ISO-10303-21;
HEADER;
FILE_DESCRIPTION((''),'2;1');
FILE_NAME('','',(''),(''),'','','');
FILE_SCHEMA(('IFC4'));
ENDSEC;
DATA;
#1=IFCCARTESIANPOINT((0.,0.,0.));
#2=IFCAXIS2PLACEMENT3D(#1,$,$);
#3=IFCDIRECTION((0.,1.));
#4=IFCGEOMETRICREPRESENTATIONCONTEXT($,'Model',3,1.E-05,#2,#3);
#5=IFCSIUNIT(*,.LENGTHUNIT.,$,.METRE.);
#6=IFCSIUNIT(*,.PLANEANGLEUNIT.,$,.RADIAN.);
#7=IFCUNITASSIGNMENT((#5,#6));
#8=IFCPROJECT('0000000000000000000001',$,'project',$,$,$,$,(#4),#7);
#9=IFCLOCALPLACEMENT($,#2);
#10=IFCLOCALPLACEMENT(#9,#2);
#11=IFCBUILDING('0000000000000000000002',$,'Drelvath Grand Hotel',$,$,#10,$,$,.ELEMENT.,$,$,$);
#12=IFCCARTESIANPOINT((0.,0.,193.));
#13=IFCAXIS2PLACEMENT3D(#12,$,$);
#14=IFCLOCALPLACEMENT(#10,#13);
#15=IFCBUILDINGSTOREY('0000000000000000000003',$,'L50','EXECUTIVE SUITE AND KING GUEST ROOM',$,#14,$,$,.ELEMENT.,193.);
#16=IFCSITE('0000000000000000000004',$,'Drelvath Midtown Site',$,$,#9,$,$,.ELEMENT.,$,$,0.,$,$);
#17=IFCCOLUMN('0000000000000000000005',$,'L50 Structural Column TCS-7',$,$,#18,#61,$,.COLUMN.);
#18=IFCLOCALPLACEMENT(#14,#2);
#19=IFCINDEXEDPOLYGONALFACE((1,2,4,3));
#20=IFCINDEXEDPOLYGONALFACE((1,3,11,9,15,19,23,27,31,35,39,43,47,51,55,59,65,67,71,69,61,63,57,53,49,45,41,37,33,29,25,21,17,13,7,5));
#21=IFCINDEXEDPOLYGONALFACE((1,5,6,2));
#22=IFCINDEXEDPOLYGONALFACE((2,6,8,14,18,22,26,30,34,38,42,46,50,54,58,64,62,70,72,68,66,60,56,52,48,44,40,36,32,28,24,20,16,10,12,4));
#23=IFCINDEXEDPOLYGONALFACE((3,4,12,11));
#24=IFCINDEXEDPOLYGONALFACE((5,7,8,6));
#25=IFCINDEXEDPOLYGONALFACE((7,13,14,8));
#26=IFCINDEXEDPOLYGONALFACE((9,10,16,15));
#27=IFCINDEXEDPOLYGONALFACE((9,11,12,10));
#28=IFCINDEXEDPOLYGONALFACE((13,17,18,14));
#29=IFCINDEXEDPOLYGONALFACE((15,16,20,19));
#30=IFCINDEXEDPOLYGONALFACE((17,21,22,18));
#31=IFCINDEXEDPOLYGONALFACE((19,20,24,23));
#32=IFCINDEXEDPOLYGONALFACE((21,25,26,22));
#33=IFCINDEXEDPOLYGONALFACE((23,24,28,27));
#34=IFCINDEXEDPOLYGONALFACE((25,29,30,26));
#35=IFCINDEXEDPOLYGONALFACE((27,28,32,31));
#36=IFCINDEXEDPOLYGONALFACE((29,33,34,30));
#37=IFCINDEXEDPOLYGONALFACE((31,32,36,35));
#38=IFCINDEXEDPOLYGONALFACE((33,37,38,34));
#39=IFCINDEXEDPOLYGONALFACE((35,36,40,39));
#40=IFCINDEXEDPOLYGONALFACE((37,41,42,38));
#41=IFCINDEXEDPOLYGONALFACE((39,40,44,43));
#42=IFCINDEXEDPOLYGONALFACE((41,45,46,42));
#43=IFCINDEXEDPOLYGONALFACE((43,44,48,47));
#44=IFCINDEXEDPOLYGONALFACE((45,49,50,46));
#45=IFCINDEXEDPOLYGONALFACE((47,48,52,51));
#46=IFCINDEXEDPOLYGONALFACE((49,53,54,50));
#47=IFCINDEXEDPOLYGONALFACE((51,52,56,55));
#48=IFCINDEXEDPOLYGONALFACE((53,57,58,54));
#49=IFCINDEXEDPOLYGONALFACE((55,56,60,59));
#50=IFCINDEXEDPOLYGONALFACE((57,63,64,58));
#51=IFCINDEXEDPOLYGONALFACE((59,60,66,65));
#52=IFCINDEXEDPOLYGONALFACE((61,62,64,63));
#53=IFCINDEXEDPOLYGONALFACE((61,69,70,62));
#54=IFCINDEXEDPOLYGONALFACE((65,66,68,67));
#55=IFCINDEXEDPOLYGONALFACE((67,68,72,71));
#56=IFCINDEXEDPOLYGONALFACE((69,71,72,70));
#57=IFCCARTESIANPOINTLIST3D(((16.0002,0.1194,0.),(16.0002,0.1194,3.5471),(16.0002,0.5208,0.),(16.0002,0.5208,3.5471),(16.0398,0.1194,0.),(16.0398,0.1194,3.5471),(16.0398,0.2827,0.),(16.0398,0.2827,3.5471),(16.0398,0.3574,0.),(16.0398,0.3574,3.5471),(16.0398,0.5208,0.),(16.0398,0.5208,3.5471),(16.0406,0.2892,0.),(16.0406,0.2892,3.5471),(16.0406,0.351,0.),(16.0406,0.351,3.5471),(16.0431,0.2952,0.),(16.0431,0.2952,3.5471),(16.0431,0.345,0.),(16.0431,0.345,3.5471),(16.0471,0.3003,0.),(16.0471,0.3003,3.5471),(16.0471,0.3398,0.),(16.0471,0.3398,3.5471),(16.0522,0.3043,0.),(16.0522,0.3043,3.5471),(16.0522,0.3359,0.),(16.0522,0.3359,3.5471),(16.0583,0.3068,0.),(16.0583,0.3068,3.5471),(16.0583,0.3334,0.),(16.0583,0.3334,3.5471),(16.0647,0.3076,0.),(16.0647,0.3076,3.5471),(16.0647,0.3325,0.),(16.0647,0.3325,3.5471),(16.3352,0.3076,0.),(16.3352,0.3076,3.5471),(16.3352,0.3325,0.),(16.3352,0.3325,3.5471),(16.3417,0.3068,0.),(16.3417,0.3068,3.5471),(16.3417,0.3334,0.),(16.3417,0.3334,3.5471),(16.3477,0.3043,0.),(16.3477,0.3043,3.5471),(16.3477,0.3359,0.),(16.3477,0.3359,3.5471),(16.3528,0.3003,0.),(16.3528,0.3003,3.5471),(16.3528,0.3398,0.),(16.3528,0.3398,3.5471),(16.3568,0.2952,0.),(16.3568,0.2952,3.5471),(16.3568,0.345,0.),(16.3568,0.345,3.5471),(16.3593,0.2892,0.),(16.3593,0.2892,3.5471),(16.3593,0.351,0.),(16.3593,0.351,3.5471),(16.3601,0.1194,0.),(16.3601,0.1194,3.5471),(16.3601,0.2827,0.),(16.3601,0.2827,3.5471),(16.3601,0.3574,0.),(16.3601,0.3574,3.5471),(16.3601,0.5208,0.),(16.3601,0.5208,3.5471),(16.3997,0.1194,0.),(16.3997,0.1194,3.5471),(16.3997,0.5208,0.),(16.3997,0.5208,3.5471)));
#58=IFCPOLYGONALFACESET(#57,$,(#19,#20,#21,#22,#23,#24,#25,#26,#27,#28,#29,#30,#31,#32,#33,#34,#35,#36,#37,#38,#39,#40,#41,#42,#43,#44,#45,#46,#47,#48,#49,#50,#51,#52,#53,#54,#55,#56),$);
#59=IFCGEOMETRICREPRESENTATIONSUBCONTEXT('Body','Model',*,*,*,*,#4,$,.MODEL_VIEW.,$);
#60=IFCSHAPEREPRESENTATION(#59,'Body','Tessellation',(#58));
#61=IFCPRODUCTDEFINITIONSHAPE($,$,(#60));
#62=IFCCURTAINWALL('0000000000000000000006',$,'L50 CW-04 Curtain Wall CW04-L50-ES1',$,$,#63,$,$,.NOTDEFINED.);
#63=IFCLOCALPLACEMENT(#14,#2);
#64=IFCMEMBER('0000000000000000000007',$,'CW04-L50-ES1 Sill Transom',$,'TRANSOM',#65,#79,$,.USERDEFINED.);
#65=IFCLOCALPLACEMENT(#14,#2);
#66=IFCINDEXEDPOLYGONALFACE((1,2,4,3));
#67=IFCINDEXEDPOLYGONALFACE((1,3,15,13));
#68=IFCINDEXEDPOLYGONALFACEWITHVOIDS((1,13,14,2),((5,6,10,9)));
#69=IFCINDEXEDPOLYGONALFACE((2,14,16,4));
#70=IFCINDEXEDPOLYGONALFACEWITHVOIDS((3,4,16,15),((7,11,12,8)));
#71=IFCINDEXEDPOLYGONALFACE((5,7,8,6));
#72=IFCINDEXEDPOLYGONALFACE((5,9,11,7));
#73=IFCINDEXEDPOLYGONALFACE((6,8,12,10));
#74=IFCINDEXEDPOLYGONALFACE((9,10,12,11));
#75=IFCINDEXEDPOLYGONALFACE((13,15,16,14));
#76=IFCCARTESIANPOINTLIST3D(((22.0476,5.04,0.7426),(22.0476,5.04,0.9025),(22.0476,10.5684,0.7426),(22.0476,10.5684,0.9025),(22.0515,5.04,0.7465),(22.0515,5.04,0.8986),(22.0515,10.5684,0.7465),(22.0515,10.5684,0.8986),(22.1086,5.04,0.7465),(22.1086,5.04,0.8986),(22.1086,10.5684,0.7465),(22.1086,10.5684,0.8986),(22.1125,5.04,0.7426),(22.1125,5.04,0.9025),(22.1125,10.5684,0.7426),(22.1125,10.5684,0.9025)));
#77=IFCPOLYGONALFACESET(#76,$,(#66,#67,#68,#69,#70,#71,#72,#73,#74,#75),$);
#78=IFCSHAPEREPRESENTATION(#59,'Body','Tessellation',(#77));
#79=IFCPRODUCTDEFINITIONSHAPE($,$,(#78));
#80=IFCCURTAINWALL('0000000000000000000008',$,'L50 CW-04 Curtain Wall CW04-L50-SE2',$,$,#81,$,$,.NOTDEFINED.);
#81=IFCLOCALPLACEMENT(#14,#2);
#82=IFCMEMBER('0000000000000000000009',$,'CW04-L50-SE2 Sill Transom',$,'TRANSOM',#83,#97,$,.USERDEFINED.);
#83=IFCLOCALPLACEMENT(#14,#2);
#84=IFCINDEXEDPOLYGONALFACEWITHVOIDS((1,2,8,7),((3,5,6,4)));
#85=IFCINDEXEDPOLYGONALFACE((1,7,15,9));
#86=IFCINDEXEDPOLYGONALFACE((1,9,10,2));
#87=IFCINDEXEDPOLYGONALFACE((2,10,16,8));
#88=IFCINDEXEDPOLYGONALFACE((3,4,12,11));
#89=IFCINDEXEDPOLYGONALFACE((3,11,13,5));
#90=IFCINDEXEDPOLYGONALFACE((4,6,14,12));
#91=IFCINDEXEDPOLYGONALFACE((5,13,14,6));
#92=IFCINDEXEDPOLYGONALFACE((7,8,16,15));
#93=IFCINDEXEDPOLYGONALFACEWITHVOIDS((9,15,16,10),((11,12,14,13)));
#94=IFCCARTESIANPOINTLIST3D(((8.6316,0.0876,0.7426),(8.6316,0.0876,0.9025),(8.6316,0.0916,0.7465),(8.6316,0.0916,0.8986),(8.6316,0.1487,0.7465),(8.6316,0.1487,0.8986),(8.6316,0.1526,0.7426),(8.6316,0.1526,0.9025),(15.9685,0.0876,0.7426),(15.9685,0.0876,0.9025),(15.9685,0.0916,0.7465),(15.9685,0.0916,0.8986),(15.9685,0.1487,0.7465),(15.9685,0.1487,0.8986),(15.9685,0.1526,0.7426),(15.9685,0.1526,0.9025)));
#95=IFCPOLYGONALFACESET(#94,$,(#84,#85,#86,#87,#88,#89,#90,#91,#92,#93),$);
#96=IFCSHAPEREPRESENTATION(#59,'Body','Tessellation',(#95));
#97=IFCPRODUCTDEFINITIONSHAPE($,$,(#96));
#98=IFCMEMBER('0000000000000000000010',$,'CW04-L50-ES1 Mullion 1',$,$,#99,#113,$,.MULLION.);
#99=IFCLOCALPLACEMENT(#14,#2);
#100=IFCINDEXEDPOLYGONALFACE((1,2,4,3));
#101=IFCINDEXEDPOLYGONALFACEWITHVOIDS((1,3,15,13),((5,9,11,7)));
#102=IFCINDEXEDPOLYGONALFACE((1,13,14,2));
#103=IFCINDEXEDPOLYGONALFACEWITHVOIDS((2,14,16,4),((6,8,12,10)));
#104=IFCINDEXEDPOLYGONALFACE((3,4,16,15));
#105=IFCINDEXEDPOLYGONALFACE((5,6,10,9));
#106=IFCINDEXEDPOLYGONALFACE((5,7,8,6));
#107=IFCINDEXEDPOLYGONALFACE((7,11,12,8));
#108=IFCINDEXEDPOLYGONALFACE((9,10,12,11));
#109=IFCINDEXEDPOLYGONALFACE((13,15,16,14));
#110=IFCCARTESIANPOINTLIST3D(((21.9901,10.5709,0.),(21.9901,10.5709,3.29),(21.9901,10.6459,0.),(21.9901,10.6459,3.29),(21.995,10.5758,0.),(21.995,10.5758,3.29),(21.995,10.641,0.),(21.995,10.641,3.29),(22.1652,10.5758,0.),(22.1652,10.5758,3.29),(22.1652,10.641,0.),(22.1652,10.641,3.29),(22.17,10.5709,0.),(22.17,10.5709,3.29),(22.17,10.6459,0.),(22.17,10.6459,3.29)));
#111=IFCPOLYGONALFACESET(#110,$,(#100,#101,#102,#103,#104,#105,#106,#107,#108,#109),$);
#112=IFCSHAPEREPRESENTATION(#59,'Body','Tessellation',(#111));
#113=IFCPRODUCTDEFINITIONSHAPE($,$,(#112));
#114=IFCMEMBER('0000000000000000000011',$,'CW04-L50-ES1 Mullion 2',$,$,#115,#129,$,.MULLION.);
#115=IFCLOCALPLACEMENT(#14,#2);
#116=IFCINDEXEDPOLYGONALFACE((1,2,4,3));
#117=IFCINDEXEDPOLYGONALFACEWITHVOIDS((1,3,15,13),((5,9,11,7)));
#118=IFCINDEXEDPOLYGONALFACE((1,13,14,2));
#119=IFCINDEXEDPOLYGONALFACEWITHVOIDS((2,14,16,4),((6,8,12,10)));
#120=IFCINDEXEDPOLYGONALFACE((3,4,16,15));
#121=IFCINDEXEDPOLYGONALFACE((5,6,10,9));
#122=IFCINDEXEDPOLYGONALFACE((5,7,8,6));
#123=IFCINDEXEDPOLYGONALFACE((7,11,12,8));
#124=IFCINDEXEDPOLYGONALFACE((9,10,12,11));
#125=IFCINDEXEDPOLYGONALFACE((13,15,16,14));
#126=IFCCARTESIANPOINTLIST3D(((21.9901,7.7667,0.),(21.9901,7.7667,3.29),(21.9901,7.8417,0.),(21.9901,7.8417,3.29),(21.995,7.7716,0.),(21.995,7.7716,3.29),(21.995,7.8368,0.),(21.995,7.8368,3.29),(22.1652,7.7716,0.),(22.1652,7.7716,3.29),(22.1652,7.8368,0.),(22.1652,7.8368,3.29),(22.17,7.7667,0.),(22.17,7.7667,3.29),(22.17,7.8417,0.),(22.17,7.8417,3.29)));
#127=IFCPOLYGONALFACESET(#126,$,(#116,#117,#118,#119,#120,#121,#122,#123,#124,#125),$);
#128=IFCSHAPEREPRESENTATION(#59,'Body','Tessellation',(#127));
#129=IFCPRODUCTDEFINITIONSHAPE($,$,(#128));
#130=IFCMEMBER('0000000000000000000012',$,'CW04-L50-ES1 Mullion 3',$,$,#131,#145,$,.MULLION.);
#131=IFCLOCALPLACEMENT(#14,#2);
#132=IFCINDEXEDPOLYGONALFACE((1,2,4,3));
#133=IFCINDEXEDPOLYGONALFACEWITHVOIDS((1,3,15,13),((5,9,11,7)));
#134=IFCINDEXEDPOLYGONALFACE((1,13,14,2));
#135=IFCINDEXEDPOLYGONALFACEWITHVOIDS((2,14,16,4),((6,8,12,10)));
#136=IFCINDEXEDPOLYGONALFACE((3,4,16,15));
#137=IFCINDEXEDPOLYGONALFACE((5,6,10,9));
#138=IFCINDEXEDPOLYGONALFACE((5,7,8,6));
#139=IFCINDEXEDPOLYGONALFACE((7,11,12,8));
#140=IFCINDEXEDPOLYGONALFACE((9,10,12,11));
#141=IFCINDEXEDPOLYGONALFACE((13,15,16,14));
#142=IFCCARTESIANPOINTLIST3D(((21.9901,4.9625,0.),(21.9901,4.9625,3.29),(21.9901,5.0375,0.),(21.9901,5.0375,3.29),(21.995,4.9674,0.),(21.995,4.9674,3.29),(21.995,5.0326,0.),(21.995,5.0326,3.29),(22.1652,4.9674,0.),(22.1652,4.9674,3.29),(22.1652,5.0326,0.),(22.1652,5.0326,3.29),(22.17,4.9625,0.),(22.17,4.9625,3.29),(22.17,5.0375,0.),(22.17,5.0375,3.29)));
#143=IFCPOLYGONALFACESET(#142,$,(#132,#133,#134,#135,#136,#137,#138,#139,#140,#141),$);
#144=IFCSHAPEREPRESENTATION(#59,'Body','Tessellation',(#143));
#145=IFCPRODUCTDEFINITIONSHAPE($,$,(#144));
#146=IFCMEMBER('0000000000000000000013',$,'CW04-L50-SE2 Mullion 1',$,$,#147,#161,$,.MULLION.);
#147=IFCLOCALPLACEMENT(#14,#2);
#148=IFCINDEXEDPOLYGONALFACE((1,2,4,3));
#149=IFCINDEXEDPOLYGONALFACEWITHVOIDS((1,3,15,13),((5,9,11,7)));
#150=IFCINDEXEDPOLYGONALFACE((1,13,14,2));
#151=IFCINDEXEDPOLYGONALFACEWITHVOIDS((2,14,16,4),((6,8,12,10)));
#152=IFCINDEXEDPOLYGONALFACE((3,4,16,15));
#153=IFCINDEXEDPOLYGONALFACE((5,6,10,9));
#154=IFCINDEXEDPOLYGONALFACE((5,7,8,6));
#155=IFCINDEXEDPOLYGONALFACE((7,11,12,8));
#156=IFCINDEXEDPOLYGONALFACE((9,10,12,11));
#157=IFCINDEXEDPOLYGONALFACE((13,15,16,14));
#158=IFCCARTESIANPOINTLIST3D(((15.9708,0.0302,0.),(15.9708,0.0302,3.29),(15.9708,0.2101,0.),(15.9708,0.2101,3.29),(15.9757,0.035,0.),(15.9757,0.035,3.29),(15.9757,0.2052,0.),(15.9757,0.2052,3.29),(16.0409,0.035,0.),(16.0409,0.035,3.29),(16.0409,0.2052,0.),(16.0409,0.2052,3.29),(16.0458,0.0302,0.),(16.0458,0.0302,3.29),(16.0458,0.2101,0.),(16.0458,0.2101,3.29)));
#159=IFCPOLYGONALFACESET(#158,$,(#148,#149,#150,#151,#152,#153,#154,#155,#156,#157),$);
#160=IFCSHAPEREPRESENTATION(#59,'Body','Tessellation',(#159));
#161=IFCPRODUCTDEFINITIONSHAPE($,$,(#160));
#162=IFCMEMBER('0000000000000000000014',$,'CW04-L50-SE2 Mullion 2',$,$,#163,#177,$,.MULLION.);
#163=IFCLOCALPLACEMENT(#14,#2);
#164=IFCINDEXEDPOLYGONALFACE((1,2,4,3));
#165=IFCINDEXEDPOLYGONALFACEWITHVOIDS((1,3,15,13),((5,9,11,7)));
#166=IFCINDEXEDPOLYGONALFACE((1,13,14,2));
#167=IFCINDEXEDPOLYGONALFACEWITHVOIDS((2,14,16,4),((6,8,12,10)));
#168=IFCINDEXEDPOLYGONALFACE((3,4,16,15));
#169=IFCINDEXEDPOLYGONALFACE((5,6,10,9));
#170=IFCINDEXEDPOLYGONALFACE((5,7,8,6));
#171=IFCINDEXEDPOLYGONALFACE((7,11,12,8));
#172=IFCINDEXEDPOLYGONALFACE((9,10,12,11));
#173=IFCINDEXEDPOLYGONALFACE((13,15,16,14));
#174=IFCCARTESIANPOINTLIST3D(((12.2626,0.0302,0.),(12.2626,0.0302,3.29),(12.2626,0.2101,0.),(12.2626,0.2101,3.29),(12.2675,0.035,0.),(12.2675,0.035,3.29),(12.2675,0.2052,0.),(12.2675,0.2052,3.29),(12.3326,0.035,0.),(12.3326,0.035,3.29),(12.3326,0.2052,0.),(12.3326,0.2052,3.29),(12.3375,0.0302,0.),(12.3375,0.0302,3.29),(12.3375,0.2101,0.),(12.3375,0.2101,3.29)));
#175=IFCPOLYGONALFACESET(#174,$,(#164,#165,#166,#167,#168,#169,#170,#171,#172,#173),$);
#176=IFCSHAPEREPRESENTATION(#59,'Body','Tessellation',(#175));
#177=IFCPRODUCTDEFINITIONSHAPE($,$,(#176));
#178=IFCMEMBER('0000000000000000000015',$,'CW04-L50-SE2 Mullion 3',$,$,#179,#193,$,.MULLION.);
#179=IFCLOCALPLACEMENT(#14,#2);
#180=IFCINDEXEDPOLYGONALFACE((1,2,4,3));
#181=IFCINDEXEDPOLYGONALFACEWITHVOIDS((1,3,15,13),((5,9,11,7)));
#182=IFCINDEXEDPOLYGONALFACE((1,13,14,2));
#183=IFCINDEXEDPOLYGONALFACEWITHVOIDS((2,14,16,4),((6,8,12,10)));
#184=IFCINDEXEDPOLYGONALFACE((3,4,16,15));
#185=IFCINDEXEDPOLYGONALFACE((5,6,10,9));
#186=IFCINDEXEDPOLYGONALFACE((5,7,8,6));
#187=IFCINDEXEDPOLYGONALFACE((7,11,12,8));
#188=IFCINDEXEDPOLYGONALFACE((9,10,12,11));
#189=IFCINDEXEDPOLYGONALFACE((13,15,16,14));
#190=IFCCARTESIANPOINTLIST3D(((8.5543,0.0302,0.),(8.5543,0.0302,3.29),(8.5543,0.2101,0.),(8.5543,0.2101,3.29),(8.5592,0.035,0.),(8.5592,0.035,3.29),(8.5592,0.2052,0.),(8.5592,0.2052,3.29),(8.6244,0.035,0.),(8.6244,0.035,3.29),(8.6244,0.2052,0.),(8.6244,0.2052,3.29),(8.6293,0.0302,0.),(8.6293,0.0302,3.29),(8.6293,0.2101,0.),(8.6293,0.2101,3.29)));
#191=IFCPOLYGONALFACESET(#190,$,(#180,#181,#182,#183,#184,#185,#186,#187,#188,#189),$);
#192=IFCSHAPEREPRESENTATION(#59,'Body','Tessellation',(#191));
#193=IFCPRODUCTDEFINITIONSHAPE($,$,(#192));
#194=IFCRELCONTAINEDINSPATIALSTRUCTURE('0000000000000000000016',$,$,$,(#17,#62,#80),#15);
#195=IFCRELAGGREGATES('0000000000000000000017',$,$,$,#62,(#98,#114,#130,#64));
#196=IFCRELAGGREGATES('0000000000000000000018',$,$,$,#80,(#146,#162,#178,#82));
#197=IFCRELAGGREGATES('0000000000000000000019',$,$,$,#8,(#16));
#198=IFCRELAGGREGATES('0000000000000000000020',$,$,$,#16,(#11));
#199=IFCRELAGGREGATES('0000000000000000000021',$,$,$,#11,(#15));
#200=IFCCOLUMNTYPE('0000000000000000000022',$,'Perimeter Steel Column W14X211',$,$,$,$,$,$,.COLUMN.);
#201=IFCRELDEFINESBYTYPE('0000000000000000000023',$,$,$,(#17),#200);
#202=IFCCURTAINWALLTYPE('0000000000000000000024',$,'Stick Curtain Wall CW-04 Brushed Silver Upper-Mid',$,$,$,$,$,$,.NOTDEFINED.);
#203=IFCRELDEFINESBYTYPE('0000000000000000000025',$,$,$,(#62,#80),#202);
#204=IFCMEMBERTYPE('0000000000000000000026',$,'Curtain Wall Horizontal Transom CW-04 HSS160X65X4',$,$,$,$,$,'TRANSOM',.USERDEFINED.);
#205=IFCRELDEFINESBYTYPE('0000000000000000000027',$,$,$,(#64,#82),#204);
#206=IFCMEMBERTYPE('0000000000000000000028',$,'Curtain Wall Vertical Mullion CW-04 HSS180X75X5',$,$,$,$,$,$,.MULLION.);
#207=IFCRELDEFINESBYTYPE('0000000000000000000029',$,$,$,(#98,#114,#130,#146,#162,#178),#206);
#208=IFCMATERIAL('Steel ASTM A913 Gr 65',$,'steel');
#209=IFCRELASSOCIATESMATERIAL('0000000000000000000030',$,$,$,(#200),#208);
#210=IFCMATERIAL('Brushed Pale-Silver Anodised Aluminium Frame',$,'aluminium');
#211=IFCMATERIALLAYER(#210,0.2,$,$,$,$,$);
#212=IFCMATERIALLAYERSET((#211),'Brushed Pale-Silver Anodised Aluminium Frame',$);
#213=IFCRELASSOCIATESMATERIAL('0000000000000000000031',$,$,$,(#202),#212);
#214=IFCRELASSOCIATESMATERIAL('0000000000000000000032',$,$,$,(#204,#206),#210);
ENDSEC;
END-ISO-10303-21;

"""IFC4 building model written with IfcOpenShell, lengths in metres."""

from ifc_helpers import new_model, si_unit, direction, frame, origin, origin_2d, place, context, subcontext, project, spatial, hollow_rectangle, i_section, extrude, material, layer, layer_set, material_profile, profile_set, type_object, element, aggregate, save


model = new_model("IFC4")

# Units and contexts
model_context = context("Model", 3, precision=1e-05, world=origin(), true_north=direction((0.0, 1.0)))
body_context = subcontext(model_context, "Body", "Model", "MODEL_VIEW")
ifc_project = project(units=[si_unit("LENGTHUNIT", "METRE"), si_unit("PLANEANGLEUNIT", "RADIAN")], contexts=[model_context])

# Site, building, storey
site_placement = place(None, origin())
site = spatial("IfcSite", under=ifc_project, at=site_placement, Name="Drelvath Midtown Site", CompositionType="ELEMENT", RefElevation=0.0)
building_placement = place(site_placement, origin())
building = spatial("IfcBuilding", under=site, at=building_placement, Name="Drelvath Grand Hotel", CompositionType="ELEMENT")
storey_placement = place(building_placement, frame((0.0, 0.0, 193.0)))
storey = spatial("IfcBuildingStorey", under=building, at=storey_placement, Name="L50", Description="EXECUTIVE SUITE AND KING GUEST ROOM", CompositionType="ELEMENT", Elevation=193.0)

# Column
ifc_material_1 = material(Name="Steel ASTM A913 Gr 65", Category="steel")
ifc_material_profile_1 = material_profile(ifc_material_1, i_section(OverallWidth=0.4014, OverallDepth=0.3994, WebThickness=0.0249, FlangeThickness=0.0396, FilletRadius=0.0249, at=origin_2d()), Name="W14X211")
ifc_profile_set_1 = profile_set([ifc_material_profile_1], Name="Steel ASTM A913 Gr 65")
column_type = type_object("IfcColumnType", Name="Perimeter Steel Column W14X211", PredefinedType="COLUMN", material=ifc_profile_set_1)
column_placement = place(storey_placement, frame((16.2, 0.3201, 0.0), z_axis=(0.0, 0.0, 1.0), x_axis=(0.0, 1.0, 0.0)))
element("IfcColumn", 1, at=column_placement, inside=storey, type_object=column_type, Name="L50 Structural Column TCS-7", PredefinedType="COLUMN", context=body_context, shape_type="SweptSolid", body=[
    extrude(i_section(OverallWidth=0.4014, OverallDepth=0.3994, WebThickness=0.0249, FlangeThickness=0.0396, FilletRadius=0.0249, at=origin_2d()), origin(), (0.0, 0.0, 1.0), 3.5471),
])

# Curtain walls, members
ifc_material_2 = material(Name="Brushed Pale-Silver Anodised Aluminium Frame", Category="aluminium")
ifc_layer_1 = layer(ifc_material_2, 0.2)
ifc_layer_set_1 = layer_set([ifc_layer_1], Name="Brushed Pale-Silver Anodised Aluminium Frame")
curtain_wall_type = type_object("IfcCurtainWallType", Name="Stick Curtain Wall CW-04 Brushed Silver Upper-Mid", PredefinedType="NOTDEFINED", material=ifc_layer_set_1)
curtain_wall_1_placement = place(storey_placement, origin())
curtain_wall_1 = element("IfcCurtainWall", 2, at=curtain_wall_1_placement, inside=storey, type_object=curtain_wall_type, Name="L50 CW-04 Curtain Wall CW04-L50-ES1", PredefinedType="NOTDEFINED")
ifc_material_profile_2 = material_profile(ifc_material_2, hollow_rectangle(XDim=0.0649, YDim=0.1599, WallThickness=0.0039, at=origin_2d()), Name="HSS160X65X4")
ifc_profile_set_2 = profile_set([ifc_material_profile_2], Name="Brushed Pale-Silver Anodised Aluminium Frame")
member_type_1 = type_object("IfcMemberType", Name="Curtain Wall Horizontal Transom CW-04 HSS160X65X4", ElementType="TRANSOM", PredefinedType="USERDEFINED", material=ifc_profile_set_2)
member_1_placement = place(storey_placement, frame((22.0801, 10.5684, 0.8225), z_axis=(0.0, -1.0, 0.0), x_axis=(1.0, 0.0, 0.0)))
member_1 = element("IfcMember", 3, at=member_1_placement, type_object=member_type_1, Name="CW04-L50-ES1 Sill Transom", ObjectType="TRANSOM", PredefinedType="USERDEFINED", context=body_context, shape_type="SweptSolid", body=[
    extrude(hollow_rectangle(XDim=0.0649, YDim=0.1599, WallThickness=0.0039, at=origin_2d()), origin(), (0.0, 0.0, 1.0), 5.5283),
])
curtain_wall_2_placement = place(storey_placement, origin())
curtain_wall_2 = element("IfcCurtainWall", 4, at=curtain_wall_2_placement, inside=storey, type_object=curtain_wall_type, Name="L50 CW-04 Curtain Wall CW04-L50-SE2", PredefinedType="NOTDEFINED")
member_2_placement = place(storey_placement, frame((15.9685, 0.1201, 0.8225), z_axis=(-1.0, 0.0, 0.0), x_axis=(0.0, -1.0, 0.0)))
member_2 = element("IfcMember", 5, at=member_2_placement, type_object=member_type_1, Name="CW04-L50-SE2 Sill Transom", ObjectType="TRANSOM", PredefinedType="USERDEFINED", context=body_context, shape_type="SweptSolid", body=[
    extrude(hollow_rectangle(XDim=0.0649, YDim=0.1599, WallThickness=0.0039, at=origin_2d()), origin(), (0.0, 0.0, 1.0), 7.3369),
])

# Members
ifc_material_profile_3 = material_profile(ifc_material_2, hollow_rectangle(XDim=0.075, YDim=0.1799, WallThickness=0.0049, at=origin_2d()), Name="HSS180X75X5")
ifc_profile_set_3 = profile_set([ifc_material_profile_3], Name="Brushed Pale-Silver Anodised Aluminium Frame")
member_type_2 = type_object("IfcMemberType", Name="Curtain Wall Vertical Mullion CW-04 HSS180X75X5", PredefinedType="MULLION", material=ifc_profile_set_3)
member_3_placement = place(storey_placement, frame((22.0801, 10.6084, 0.0), z_axis=(0.0, 0.0, 1.0), x_axis=(0.0, 1.0, 0.0)))
member_3 = element("IfcMember", 6, at=member_3_placement, type_object=member_type_2, Name="CW04-L50-ES1 Mullion 1", PredefinedType="MULLION", context=body_context, shape_type="SweptSolid", body=[
    extrude(hollow_rectangle(XDim=0.075, YDim=0.1799, WallThickness=0.0049, at=origin_2d()), origin(), (0.0, 0.0, 1.0), 3.29),
])
member_4_placement = place(storey_placement, frame((22.0801, 7.8042, 0.0), z_axis=(0.0, 0.0, 1.0), x_axis=(0.0, 1.0, 0.0)))
member_4 = element("IfcMember", 7, at=member_4_placement, type_object=member_type_2, Name="CW04-L50-ES1 Mullion 2", PredefinedType="MULLION", context=body_context, shape_type="SweptSolid", body=[
    extrude(hollow_rectangle(XDim=0.075, YDim=0.1799, WallThickness=0.0049, at=origin_2d()), origin(), (0.0, 0.0, 1.0), 3.29),
])
member_5_placement = place(storey_placement, frame((22.0801, 5.0, 0.0), z_axis=(0.0, 0.0, 1.0), x_axis=(0.0, 1.0, 0.0)))
member_5 = element("IfcMember", 8, at=member_5_placement, type_object=member_type_2, Name="CW04-L50-ES1 Mullion 3", PredefinedType="MULLION", context=body_context, shape_type="SweptSolid", body=[
    extrude(hollow_rectangle(XDim=0.075, YDim=0.1799, WallThickness=0.0049, at=origin_2d()), origin(), (0.0, 0.0, 1.0), 3.29),
])
member_6_placement = place(storey_placement, frame((16.0083, 0.1201, 0.0), z_axis=(0.0, 0.0, 1.0), x_axis=(1.0, 0.0, 0.0)))
member_6 = element("IfcMember", 9, at=member_6_placement, type_object=member_type_2, Name="CW04-L50-SE2 Mullion 1", PredefinedType="MULLION", context=body_context, shape_type="SweptSolid", body=[
    extrude(hollow_rectangle(XDim=0.075, YDim=0.1799, WallThickness=0.0049, at=origin_2d()), origin(), (0.0, 0.0, 1.0), 3.29),
])
member_7_placement = place(storey_placement, frame((12.3, 0.1201, 0.0), z_axis=(0.0, 0.0, 1.0), x_axis=(1.0, 0.0, 0.0)))
member_7 = element("IfcMember", 10, at=member_7_placement, type_object=member_type_2, Name="CW04-L50-SE2 Mullion 2", PredefinedType="MULLION", context=body_context, shape_type="SweptSolid", body=[
    extrude(hollow_rectangle(XDim=0.075, YDim=0.1799, WallThickness=0.0049, at=origin_2d()), origin(), (0.0, 0.0, 1.0), 3.29),
])
member_8_placement = place(storey_placement, frame((8.5918, 0.1201, 0.0), z_axis=(0.0, 0.0, 1.0), x_axis=(1.0, 0.0, 0.0)))
member_8 = element("IfcMember", 11, at=member_8_placement, type_object=member_type_2, Name="CW04-L50-SE2 Mullion 3", PredefinedType="MULLION", context=body_context, shape_type="SweptSolid", body=[
    extrude(hollow_rectangle(XDim=0.075, YDim=0.1799, WallThickness=0.0049, at=origin_2d()), origin(), (0.0, 0.0, 1.0), 3.29),
])

aggregate(curtain_wall_1, [member_3, member_4, member_5, member_1])
aggregate(curtain_wall_2, [member_6, member_7, member_8, member_2])

save(model, "model.ifc")
